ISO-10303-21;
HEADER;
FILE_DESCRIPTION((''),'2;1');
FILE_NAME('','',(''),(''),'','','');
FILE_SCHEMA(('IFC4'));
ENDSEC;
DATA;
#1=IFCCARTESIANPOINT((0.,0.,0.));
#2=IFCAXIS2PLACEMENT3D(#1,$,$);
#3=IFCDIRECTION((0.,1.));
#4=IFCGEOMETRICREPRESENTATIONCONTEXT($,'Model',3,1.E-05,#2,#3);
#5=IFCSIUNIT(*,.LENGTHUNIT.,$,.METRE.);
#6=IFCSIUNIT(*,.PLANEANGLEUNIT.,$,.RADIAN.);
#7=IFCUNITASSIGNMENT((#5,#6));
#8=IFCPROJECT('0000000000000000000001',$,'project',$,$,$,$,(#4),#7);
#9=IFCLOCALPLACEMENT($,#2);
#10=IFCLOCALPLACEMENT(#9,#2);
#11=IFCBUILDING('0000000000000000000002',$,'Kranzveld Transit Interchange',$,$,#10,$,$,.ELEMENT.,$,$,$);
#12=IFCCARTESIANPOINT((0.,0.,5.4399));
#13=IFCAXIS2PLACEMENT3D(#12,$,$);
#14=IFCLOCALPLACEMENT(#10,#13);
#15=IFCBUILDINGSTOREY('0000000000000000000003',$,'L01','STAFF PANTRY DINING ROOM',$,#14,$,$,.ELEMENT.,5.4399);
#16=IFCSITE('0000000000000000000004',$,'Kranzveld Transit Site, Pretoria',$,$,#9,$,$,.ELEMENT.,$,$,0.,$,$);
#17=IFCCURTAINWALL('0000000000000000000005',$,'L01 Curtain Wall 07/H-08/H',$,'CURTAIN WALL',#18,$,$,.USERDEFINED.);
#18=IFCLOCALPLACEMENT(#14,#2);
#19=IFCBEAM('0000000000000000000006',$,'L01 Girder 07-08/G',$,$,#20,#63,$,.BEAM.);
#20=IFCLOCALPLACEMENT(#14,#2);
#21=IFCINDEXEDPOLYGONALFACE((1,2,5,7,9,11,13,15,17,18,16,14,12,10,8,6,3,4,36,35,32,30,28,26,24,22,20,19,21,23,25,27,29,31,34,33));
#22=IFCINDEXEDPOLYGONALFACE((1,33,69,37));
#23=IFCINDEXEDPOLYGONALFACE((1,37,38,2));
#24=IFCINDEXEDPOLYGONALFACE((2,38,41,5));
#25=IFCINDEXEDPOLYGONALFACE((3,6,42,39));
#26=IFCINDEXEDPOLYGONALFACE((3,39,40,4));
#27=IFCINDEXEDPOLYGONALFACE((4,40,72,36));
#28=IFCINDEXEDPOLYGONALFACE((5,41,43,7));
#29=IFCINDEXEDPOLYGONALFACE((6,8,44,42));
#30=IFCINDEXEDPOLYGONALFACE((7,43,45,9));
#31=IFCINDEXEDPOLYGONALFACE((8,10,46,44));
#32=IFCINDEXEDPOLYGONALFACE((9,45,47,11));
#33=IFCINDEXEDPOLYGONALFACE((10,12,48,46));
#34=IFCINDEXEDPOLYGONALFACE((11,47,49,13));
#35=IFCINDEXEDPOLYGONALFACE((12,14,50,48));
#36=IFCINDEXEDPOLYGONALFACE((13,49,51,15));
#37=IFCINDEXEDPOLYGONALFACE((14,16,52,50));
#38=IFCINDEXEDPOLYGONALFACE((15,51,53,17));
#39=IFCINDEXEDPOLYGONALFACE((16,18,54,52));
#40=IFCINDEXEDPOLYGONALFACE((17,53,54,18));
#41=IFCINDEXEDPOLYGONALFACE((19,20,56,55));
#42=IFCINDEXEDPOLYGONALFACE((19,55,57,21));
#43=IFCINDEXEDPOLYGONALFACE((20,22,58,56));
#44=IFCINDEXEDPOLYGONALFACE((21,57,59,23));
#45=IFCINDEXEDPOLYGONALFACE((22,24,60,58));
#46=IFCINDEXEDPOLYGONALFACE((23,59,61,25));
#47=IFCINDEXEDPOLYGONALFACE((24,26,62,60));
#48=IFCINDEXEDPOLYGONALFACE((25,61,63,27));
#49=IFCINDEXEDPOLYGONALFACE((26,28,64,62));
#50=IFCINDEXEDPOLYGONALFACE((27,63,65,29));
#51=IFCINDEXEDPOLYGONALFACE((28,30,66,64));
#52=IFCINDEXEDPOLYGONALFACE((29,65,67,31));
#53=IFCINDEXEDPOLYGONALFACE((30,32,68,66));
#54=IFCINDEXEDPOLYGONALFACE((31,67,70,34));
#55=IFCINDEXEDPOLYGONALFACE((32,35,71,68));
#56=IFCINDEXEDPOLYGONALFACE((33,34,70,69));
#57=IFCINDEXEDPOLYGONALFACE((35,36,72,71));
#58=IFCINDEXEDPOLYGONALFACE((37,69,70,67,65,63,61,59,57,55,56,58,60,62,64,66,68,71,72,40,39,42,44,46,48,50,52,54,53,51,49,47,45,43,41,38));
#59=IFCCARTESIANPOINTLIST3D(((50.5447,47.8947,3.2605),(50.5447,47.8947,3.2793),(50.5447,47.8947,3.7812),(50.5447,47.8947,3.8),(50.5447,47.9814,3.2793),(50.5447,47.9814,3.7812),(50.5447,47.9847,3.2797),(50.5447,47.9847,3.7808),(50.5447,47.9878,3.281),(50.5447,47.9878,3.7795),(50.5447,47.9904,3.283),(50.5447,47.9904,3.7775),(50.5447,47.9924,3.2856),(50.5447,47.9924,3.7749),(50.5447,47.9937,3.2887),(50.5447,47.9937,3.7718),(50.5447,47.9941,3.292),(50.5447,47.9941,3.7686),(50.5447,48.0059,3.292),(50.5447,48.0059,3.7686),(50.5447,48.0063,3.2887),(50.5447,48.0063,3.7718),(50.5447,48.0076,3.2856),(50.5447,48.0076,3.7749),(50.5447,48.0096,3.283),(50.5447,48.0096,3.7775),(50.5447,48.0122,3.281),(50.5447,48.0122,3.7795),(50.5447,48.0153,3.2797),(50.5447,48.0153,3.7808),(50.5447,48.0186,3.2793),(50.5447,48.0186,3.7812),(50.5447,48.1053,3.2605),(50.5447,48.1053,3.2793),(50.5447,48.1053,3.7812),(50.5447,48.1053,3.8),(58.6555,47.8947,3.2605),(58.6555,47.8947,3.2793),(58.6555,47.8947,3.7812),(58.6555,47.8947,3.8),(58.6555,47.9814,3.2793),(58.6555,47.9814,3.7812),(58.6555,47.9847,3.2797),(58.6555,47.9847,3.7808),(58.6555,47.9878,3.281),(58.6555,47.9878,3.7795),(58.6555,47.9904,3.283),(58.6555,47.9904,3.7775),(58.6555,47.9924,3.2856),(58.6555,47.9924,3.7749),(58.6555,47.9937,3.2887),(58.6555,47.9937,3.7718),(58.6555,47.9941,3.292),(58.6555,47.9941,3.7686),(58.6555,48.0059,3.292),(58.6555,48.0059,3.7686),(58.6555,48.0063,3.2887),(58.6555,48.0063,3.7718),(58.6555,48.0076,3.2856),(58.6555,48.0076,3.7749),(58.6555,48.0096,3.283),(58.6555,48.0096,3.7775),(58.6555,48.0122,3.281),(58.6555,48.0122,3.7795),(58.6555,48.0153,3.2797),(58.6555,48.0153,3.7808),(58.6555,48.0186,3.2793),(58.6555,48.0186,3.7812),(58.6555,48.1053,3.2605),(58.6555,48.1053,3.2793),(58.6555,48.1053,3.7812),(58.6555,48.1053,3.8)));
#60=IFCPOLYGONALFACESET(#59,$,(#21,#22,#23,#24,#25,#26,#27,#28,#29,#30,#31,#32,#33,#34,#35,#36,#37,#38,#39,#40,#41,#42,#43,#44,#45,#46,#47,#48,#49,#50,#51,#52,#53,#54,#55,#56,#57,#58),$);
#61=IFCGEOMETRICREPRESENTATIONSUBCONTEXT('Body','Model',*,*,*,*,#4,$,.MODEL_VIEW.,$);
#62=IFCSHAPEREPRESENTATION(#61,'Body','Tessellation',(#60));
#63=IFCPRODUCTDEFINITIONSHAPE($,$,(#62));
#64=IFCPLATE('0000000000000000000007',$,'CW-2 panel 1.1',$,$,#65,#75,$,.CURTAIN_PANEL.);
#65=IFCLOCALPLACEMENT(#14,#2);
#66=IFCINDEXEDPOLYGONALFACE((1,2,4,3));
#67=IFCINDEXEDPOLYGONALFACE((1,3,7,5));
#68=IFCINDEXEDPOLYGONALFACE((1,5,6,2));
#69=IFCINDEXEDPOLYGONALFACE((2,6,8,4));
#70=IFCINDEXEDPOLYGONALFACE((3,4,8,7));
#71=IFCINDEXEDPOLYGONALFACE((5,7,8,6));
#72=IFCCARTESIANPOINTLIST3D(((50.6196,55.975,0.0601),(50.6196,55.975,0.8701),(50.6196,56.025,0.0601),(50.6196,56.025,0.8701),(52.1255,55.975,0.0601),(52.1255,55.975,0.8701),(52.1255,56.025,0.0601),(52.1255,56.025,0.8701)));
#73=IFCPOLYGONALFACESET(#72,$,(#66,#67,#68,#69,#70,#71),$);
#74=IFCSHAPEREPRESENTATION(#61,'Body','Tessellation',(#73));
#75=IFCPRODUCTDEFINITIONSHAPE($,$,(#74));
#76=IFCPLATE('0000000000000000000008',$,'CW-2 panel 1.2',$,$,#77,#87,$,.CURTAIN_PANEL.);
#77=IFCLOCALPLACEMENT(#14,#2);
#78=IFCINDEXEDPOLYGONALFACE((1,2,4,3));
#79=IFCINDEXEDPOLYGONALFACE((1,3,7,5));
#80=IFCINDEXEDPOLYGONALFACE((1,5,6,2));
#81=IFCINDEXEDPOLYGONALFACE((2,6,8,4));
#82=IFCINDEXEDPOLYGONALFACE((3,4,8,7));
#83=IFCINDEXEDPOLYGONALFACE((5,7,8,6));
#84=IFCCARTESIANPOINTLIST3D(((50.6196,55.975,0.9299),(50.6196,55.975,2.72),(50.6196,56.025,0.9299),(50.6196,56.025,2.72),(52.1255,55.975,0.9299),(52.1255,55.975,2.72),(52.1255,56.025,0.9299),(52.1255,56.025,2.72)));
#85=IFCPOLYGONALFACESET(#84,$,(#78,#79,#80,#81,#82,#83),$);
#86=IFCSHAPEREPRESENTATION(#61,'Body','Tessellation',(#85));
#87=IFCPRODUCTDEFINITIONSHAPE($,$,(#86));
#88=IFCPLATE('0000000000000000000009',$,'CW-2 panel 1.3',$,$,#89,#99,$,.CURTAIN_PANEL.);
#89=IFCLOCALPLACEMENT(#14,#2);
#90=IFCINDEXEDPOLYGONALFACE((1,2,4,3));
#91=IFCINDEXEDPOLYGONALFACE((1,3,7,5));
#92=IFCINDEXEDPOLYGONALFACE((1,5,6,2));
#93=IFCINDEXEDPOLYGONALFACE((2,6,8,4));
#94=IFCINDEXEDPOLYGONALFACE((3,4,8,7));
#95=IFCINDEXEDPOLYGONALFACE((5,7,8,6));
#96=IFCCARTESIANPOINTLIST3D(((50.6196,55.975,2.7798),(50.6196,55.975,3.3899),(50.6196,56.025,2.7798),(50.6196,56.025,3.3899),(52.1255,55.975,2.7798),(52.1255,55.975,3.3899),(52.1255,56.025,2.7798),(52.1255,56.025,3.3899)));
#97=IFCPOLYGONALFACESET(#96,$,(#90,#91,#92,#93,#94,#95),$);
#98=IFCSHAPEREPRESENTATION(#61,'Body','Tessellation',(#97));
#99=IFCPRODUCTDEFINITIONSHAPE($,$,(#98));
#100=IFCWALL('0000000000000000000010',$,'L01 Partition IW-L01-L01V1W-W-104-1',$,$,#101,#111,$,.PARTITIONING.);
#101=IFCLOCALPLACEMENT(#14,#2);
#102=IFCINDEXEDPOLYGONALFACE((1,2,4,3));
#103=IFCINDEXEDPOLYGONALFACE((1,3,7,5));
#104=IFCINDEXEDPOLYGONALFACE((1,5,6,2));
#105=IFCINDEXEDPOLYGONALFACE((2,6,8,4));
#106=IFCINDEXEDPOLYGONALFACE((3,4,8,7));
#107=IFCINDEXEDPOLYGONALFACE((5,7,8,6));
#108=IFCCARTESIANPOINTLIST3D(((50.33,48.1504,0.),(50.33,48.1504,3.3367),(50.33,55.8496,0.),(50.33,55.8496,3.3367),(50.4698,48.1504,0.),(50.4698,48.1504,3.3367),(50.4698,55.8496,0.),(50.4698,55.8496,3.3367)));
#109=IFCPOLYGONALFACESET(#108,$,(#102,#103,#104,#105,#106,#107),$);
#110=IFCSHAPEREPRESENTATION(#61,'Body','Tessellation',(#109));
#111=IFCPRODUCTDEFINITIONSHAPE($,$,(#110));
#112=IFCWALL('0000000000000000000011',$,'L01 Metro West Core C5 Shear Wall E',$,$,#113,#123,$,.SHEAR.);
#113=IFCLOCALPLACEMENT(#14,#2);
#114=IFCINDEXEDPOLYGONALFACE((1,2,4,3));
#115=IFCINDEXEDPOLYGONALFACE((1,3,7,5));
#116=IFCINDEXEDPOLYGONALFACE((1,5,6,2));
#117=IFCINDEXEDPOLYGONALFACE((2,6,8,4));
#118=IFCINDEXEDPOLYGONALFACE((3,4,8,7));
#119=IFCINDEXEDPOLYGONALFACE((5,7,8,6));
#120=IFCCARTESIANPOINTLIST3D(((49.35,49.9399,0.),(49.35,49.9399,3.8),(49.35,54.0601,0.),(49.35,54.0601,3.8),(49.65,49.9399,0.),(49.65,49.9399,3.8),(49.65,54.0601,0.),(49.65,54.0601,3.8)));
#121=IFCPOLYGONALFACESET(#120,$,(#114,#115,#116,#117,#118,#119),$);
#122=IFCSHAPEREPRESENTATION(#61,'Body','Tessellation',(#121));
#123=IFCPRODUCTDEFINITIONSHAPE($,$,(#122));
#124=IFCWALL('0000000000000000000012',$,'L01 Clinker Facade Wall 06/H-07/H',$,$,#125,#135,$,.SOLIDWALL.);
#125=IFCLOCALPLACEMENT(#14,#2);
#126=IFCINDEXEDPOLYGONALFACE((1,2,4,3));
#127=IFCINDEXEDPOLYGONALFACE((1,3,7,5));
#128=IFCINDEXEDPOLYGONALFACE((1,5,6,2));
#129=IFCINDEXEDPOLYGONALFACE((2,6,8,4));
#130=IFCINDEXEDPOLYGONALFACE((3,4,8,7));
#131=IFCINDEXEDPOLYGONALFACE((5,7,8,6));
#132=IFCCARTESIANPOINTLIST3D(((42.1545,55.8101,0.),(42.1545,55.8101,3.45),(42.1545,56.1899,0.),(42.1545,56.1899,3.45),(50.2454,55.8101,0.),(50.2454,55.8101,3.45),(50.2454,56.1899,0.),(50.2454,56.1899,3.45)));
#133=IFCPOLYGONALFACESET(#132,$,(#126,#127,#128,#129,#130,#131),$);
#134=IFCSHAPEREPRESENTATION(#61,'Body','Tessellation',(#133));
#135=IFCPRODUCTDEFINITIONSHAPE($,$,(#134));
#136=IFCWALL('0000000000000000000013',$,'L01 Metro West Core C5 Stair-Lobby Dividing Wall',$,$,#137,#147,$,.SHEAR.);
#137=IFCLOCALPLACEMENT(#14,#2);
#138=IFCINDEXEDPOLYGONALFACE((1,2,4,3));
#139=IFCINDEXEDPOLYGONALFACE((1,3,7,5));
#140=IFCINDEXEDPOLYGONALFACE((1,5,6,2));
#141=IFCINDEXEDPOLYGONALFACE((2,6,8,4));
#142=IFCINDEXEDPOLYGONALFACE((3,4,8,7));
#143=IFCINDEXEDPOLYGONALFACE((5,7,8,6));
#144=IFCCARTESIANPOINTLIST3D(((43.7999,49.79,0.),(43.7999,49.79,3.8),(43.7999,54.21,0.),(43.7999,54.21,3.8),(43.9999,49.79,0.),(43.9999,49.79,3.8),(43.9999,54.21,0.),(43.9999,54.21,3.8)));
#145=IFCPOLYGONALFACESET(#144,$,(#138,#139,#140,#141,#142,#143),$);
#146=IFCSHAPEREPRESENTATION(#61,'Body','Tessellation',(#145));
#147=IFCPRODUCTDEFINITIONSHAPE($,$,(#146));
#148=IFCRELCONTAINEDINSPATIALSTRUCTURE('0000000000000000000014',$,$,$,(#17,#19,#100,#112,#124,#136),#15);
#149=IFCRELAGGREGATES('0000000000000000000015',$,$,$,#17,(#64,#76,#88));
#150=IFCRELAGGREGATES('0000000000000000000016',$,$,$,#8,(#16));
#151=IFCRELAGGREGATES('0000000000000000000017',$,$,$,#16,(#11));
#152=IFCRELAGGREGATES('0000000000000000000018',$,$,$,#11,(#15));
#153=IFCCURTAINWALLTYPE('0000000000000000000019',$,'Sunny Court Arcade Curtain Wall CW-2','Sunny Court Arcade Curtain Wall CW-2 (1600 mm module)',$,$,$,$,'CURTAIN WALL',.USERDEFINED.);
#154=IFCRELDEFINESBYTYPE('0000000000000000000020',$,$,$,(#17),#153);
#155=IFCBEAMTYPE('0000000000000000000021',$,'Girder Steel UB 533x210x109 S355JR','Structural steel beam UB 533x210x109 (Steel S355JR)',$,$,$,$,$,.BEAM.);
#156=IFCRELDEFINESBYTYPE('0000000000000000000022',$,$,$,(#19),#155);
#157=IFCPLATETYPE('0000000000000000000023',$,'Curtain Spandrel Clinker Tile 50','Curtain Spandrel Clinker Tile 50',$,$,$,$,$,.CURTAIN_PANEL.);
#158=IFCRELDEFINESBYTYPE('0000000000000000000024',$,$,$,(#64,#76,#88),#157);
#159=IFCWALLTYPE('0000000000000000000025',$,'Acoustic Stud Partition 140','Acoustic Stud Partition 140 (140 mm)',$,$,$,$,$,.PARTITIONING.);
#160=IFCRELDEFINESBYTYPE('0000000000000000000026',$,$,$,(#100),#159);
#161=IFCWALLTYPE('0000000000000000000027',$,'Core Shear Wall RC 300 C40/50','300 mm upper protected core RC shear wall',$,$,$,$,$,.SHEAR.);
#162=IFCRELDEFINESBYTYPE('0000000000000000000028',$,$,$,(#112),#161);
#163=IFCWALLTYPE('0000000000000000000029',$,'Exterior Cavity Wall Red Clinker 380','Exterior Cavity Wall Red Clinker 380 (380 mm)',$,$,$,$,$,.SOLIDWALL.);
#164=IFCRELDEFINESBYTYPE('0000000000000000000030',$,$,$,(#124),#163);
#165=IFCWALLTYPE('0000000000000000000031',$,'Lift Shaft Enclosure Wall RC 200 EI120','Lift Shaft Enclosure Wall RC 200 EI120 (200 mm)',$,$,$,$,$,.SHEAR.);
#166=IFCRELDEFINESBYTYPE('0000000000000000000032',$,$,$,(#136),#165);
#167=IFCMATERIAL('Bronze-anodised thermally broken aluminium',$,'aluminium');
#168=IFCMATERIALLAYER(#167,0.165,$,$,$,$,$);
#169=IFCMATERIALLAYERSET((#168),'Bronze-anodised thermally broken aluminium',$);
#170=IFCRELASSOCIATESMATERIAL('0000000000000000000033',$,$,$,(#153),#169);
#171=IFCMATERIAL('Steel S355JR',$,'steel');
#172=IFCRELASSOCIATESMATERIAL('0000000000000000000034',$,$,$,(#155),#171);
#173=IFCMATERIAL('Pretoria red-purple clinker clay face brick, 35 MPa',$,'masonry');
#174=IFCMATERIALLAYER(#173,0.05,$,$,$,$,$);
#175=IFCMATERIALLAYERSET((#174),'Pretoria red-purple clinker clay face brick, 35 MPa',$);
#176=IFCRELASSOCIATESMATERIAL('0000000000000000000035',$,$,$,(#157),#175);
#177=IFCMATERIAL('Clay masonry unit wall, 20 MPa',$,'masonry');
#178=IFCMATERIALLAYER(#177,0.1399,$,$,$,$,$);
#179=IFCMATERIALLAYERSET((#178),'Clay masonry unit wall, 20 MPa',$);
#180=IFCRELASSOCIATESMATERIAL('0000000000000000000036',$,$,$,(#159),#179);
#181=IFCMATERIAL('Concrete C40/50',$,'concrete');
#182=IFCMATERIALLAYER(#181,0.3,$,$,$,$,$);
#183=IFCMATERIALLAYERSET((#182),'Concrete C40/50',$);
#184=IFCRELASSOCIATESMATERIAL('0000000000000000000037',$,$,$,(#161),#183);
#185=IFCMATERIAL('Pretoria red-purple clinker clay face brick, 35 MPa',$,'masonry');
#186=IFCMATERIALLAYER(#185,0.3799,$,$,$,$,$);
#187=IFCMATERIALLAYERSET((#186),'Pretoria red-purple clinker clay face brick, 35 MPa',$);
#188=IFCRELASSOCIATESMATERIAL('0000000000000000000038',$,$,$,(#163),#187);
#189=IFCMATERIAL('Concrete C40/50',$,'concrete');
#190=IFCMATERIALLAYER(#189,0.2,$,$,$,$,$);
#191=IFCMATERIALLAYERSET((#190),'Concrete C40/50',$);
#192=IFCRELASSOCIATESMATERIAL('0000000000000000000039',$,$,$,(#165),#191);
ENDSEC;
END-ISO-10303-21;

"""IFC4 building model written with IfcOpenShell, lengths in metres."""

from ifc_helpers import new_model, si_unit, direction, frame, frame_2d, origin, origin_2d, place, context, subcontext, project, spatial, rectangle, i_section, extrude, material, layer, layer_set, material_profile, profile_set, type_object, element, aggregate, save


model = new_model("IFC4")

# Units and contexts
model_context = context("Model", 3, precision=1e-05, world=origin(), true_north=direction((0.0, 1.0)))
body_context = subcontext(model_context, "Body", "Model", "MODEL_VIEW")
ifc_project = project(units=[si_unit("LENGTHUNIT", "METRE"), si_unit("PLANEANGLEUNIT", "RADIAN")], contexts=[model_context])

# Site, building, storey
site_placement = place(None, origin())
site = spatial("IfcSite", under=ifc_project, at=site_placement, Name="Kranzveld Transit Site, Pretoria", CompositionType="ELEMENT", RefElevation=0.0)
building_placement = place(site_placement, origin())
building = spatial("IfcBuilding", under=site, at=building_placement, Name="Kranzveld Transit Interchange", CompositionType="ELEMENT")
storey_placement = place(building_placement, frame((0.0, 0.0, 5.4399)))
storey = spatial("IfcBuildingStorey", under=building, at=storey_placement, Name="L01", Description="STAFF PANTRY DINING ROOM", CompositionType="ELEMENT", Elevation=5.4399)

# Curtain wall
ifc_material_1 = material(Name="Bronze-anodised thermally broken aluminium", Category="aluminium")
ifc_layer_1 = layer(ifc_material_1, 0.165)
ifc_layer_set_1 = layer_set([ifc_layer_1], Name="Bronze-anodised thermally broken aluminium")
curtain_wall_type = type_object("IfcCurtainWallType", Name="Sunny Court Arcade Curtain Wall CW-2", Description="Sunny Court Arcade Curtain Wall CW-2 (1600 mm module)", ElementType="CURTAIN WALL", PredefinedType="USERDEFINED", material=ifc_layer_set_1)
curtain_wall_placement = place(storey_placement, origin())
curtain_wall = element("IfcCurtainWall", 1, at=curtain_wall_placement, inside=storey, type_object=curtain_wall_type, Name="L01 Curtain Wall 07/H-08/H", ObjectType="CURTAIN WALL", PredefinedType="USERDEFINED")

# Beam
ifc_material_2 = material(Name="Steel S355JR", Category="steel")
ifc_material_profile_1 = material_profile(ifc_material_2, i_section(OverallWidth=0.2107, OverallDepth=0.5396, WebThickness=0.0117, FlangeThickness=0.0188, FilletRadius=0.0127, at=origin_2d()), Name="UB 533x210x109")
ifc_profile_set_1 = profile_set([ifc_material_profile_1], Name="Steel S355JR")
beam_type_1 = type_object("IfcBeamType", Name="Girder Steel UB 533x210x109 S355JR", Description="Structural steel beam UB 533x210x109 (Steel S355JR)", PredefinedType="BEAM", material=ifc_profile_set_1)
beam_1_placement = place(storey_placement, frame((50.5447, 48.0, 3.5303), z_axis=(1.0, 0.0, 0.0), x_axis=(0.0, 1.0, 0.0)))
element("IfcBeam", 2, at=beam_1_placement, inside=storey, type_object=beam_type_1, Name="L01 Girder 07-08/G", PredefinedType="BEAM", context=body_context, shape_type="SweptSolid", body=[
    extrude(i_section(OverallWidth=0.2107, OverallDepth=0.5396, WebThickness=0.0117, FlangeThickness=0.0188, FilletRadius=0.0127, at=origin_2d()), origin(), (0.0, 0.0, 1.0), 8.1108),
])

# Plates
ifc_material_3 = material(Name="Pretoria red-purple clinker clay face brick, 35 MPa", Category="masonry")
ifc_layer_2 = layer(ifc_material_3, 0.05)
ifc_layer_set_2 = layer_set([ifc_layer_2], Name="Pretoria red-purple clinker clay face brick, 35 MPa")
plate_type = type_object("IfcPlateType", Name="Curtain Spandrel Clinker Tile 50", Description="Curtain Spandrel Clinker Tile 50", PredefinedType="CURTAIN_PANEL", material=ifc_layer_set_2)
plate_1_placement = place(storey_placement, frame((51.3726, 56.0, 0.0601), z_axis=(0.0, 0.0, 1.0), x_axis=(1.0, 0.0, 0.0)))
plate_1 = element("IfcPlate", 3, at=plate_1_placement, type_object=plate_type, Name="CW-2 panel 1.1", PredefinedType="CURTAIN_PANEL", context=body_context, shape_type="SweptSolid", body=[
    extrude(rectangle(XDim=1.5059, YDim=0.05, at=origin_2d()), origin(), (0.0, 0.0, 1.0), 0.8101),
])
plate_2_placement = place(storey_placement, frame((51.3726, 56.0, 0.9299), z_axis=(0.0, 0.0, 1.0), x_axis=(1.0, 0.0, 0.0)))
plate_2 = element("IfcPlate", 4, at=plate_2_placement, type_object=plate_type, Name="CW-2 panel 1.2", PredefinedType="CURTAIN_PANEL", context=body_context, shape_type="SweptSolid", body=[
    extrude(rectangle(XDim=1.5059, YDim=0.05, at=origin_2d()), origin(), (0.0, 0.0, 1.0), 1.79),
])
plate_3_placement = place(storey_placement, frame((51.3726, 56.0, 2.7798), z_axis=(0.0, 0.0, 1.0), x_axis=(1.0, 0.0, 0.0)))
plate_3 = element("IfcPlate", 5, at=plate_3_placement, type_object=plate_type, Name="CW-2 panel 1.3", PredefinedType="CURTAIN_PANEL", context=body_context, shape_type="SweptSolid", body=[
    extrude(rectangle(XDim=1.5059, YDim=0.05, at=origin_2d()), origin(), (0.0, 0.0, 1.0), 0.6101),
])
aggregate(curtain_wall, [plate_1, plate_2, plate_3])

# Walls
ifc_material_4 = material(Name="Clay masonry unit wall, 20 MPa", Category="masonry")
ifc_layer_3 = layer(ifc_material_4, 0.1399)
ifc_layer_set_3 = layer_set([ifc_layer_3], Name="Clay masonry unit wall, 20 MPa")
wall_type_1 = type_object("IfcWallType", Name="Acoustic Stud Partition 140", Description="Acoustic Stud Partition 140 (140 mm)", PredefinedType="PARTITIONING", material=ifc_layer_set_3)
wall_1_placement = place(storey_placement, frame((50.3999, 48.1504, 0.0), z_axis=(0.0, 0.0, 1.0), x_axis=(0.0, 1.0, 0.0)))
element("IfcWall", 6, at=wall_1_placement, inside=storey, type_object=wall_type_1, Name="L01 Partition IW-L01-L01V1W-W-104-1", PredefinedType="PARTITIONING", context=body_context, shape_type="SweptSolid", body=[
    extrude(rectangle(XDim=7.6992, YDim=0.1399, at=frame_2d((3.8496, 0.0))), origin(), (0.0, 0.0, 1.0), 3.3367),
])
ifc_material_5 = material(Name="Concrete C40/50", Category="concrete")
ifc_layer_4 = layer(ifc_material_5, 0.3)
ifc_layer_set_4 = layer_set([ifc_layer_4], Name="Concrete C40/50")
wall_type_2 = type_object("IfcWallType", Name="Core Shear Wall RC 300 C40/50", Description="300 mm upper protected core RC shear wall", PredefinedType="SHEAR", material=ifc_layer_set_4)
wall_2_placement = place(storey_placement, frame((49.5, 49.9399, 0.0), z_axis=(0.0, 0.0, 1.0), x_axis=(0.0, 1.0, 0.0)))
element("IfcWall", 7, at=wall_2_placement, inside=storey, type_object=wall_type_2, Name="L01 Metro West Core C5 Shear Wall E", PredefinedType="SHEAR", context=body_context, shape_type="SweptSolid", body=[
    extrude(rectangle(XDim=4.1201, YDim=0.3, at=frame_2d((2.0601, 0.0))), origin(), (0.0, 0.0, 1.0), 3.8),
])
ifc_material_6 = material(Name="Pretoria red-purple clinker clay face brick, 35 MPa", Category="masonry")
ifc_layer_5 = layer(ifc_material_6, 0.3799)
ifc_layer_set_5 = layer_set([ifc_layer_5], Name="Pretoria red-purple clinker clay face brick, 35 MPa")
wall_type_3 = type_object("IfcWallType", Name="Exterior Cavity Wall Red Clinker 380", Description="Exterior Cavity Wall Red Clinker 380 (380 mm)", PredefinedType="SOLIDWALL", material=ifc_layer_set_5)
wall_3_placement = place(storey_placement, frame((42.1545, 56.0, 0.0), z_axis=(0.0, 0.0, 1.0), x_axis=(1.0, 0.0, 0.0)))
element("IfcWall", 8, at=wall_3_placement, inside=storey, type_object=wall_type_3, Name="L01 Clinker Facade Wall 06/H-07/H", PredefinedType="SOLIDWALL", context=body_context, shape_type="SweptSolid", body=[
    extrude(rectangle(XDim=8.0908, YDim=0.3799, at=frame_2d((4.0454, 0.0))), origin(), (0.0, 0.0, 1.0), 3.45),
])
ifc_material_7 = material(Name="Concrete C40/50", Category="concrete")
ifc_layer_6 = layer(ifc_material_7, 0.2)
ifc_layer_set_6 = layer_set([ifc_layer_6], Name="Concrete C40/50")
wall_type_4 = type_object("IfcWallType", Name="Lift Shaft Enclosure Wall RC 200 EI120", Description="Lift Shaft Enclosure Wall RC 200 EI120 (200 mm)", PredefinedType="SHEAR", material=ifc_layer_set_6)
wall_4_placement = place(storey_placement, frame((43.8999, 49.79, 0.0), z_axis=(0.0, 0.0, 1.0), x_axis=(0.0, 1.0, 0.0)))
element("IfcWall", 9, at=wall_4_placement, inside=storey, type_object=wall_type_4, Name="L01 Metro West Core C5 Stair-Lobby Dividing Wall", PredefinedType="SHEAR", context=body_context, shape_type="SweptSolid", body=[
    extrude(rectangle(XDim=4.4199, YDim=0.2, at=frame_2d((2.21, 0.0))), origin(), (0.0, 0.0, 1.0), 3.8),
])

save(model, "model.ifc")
